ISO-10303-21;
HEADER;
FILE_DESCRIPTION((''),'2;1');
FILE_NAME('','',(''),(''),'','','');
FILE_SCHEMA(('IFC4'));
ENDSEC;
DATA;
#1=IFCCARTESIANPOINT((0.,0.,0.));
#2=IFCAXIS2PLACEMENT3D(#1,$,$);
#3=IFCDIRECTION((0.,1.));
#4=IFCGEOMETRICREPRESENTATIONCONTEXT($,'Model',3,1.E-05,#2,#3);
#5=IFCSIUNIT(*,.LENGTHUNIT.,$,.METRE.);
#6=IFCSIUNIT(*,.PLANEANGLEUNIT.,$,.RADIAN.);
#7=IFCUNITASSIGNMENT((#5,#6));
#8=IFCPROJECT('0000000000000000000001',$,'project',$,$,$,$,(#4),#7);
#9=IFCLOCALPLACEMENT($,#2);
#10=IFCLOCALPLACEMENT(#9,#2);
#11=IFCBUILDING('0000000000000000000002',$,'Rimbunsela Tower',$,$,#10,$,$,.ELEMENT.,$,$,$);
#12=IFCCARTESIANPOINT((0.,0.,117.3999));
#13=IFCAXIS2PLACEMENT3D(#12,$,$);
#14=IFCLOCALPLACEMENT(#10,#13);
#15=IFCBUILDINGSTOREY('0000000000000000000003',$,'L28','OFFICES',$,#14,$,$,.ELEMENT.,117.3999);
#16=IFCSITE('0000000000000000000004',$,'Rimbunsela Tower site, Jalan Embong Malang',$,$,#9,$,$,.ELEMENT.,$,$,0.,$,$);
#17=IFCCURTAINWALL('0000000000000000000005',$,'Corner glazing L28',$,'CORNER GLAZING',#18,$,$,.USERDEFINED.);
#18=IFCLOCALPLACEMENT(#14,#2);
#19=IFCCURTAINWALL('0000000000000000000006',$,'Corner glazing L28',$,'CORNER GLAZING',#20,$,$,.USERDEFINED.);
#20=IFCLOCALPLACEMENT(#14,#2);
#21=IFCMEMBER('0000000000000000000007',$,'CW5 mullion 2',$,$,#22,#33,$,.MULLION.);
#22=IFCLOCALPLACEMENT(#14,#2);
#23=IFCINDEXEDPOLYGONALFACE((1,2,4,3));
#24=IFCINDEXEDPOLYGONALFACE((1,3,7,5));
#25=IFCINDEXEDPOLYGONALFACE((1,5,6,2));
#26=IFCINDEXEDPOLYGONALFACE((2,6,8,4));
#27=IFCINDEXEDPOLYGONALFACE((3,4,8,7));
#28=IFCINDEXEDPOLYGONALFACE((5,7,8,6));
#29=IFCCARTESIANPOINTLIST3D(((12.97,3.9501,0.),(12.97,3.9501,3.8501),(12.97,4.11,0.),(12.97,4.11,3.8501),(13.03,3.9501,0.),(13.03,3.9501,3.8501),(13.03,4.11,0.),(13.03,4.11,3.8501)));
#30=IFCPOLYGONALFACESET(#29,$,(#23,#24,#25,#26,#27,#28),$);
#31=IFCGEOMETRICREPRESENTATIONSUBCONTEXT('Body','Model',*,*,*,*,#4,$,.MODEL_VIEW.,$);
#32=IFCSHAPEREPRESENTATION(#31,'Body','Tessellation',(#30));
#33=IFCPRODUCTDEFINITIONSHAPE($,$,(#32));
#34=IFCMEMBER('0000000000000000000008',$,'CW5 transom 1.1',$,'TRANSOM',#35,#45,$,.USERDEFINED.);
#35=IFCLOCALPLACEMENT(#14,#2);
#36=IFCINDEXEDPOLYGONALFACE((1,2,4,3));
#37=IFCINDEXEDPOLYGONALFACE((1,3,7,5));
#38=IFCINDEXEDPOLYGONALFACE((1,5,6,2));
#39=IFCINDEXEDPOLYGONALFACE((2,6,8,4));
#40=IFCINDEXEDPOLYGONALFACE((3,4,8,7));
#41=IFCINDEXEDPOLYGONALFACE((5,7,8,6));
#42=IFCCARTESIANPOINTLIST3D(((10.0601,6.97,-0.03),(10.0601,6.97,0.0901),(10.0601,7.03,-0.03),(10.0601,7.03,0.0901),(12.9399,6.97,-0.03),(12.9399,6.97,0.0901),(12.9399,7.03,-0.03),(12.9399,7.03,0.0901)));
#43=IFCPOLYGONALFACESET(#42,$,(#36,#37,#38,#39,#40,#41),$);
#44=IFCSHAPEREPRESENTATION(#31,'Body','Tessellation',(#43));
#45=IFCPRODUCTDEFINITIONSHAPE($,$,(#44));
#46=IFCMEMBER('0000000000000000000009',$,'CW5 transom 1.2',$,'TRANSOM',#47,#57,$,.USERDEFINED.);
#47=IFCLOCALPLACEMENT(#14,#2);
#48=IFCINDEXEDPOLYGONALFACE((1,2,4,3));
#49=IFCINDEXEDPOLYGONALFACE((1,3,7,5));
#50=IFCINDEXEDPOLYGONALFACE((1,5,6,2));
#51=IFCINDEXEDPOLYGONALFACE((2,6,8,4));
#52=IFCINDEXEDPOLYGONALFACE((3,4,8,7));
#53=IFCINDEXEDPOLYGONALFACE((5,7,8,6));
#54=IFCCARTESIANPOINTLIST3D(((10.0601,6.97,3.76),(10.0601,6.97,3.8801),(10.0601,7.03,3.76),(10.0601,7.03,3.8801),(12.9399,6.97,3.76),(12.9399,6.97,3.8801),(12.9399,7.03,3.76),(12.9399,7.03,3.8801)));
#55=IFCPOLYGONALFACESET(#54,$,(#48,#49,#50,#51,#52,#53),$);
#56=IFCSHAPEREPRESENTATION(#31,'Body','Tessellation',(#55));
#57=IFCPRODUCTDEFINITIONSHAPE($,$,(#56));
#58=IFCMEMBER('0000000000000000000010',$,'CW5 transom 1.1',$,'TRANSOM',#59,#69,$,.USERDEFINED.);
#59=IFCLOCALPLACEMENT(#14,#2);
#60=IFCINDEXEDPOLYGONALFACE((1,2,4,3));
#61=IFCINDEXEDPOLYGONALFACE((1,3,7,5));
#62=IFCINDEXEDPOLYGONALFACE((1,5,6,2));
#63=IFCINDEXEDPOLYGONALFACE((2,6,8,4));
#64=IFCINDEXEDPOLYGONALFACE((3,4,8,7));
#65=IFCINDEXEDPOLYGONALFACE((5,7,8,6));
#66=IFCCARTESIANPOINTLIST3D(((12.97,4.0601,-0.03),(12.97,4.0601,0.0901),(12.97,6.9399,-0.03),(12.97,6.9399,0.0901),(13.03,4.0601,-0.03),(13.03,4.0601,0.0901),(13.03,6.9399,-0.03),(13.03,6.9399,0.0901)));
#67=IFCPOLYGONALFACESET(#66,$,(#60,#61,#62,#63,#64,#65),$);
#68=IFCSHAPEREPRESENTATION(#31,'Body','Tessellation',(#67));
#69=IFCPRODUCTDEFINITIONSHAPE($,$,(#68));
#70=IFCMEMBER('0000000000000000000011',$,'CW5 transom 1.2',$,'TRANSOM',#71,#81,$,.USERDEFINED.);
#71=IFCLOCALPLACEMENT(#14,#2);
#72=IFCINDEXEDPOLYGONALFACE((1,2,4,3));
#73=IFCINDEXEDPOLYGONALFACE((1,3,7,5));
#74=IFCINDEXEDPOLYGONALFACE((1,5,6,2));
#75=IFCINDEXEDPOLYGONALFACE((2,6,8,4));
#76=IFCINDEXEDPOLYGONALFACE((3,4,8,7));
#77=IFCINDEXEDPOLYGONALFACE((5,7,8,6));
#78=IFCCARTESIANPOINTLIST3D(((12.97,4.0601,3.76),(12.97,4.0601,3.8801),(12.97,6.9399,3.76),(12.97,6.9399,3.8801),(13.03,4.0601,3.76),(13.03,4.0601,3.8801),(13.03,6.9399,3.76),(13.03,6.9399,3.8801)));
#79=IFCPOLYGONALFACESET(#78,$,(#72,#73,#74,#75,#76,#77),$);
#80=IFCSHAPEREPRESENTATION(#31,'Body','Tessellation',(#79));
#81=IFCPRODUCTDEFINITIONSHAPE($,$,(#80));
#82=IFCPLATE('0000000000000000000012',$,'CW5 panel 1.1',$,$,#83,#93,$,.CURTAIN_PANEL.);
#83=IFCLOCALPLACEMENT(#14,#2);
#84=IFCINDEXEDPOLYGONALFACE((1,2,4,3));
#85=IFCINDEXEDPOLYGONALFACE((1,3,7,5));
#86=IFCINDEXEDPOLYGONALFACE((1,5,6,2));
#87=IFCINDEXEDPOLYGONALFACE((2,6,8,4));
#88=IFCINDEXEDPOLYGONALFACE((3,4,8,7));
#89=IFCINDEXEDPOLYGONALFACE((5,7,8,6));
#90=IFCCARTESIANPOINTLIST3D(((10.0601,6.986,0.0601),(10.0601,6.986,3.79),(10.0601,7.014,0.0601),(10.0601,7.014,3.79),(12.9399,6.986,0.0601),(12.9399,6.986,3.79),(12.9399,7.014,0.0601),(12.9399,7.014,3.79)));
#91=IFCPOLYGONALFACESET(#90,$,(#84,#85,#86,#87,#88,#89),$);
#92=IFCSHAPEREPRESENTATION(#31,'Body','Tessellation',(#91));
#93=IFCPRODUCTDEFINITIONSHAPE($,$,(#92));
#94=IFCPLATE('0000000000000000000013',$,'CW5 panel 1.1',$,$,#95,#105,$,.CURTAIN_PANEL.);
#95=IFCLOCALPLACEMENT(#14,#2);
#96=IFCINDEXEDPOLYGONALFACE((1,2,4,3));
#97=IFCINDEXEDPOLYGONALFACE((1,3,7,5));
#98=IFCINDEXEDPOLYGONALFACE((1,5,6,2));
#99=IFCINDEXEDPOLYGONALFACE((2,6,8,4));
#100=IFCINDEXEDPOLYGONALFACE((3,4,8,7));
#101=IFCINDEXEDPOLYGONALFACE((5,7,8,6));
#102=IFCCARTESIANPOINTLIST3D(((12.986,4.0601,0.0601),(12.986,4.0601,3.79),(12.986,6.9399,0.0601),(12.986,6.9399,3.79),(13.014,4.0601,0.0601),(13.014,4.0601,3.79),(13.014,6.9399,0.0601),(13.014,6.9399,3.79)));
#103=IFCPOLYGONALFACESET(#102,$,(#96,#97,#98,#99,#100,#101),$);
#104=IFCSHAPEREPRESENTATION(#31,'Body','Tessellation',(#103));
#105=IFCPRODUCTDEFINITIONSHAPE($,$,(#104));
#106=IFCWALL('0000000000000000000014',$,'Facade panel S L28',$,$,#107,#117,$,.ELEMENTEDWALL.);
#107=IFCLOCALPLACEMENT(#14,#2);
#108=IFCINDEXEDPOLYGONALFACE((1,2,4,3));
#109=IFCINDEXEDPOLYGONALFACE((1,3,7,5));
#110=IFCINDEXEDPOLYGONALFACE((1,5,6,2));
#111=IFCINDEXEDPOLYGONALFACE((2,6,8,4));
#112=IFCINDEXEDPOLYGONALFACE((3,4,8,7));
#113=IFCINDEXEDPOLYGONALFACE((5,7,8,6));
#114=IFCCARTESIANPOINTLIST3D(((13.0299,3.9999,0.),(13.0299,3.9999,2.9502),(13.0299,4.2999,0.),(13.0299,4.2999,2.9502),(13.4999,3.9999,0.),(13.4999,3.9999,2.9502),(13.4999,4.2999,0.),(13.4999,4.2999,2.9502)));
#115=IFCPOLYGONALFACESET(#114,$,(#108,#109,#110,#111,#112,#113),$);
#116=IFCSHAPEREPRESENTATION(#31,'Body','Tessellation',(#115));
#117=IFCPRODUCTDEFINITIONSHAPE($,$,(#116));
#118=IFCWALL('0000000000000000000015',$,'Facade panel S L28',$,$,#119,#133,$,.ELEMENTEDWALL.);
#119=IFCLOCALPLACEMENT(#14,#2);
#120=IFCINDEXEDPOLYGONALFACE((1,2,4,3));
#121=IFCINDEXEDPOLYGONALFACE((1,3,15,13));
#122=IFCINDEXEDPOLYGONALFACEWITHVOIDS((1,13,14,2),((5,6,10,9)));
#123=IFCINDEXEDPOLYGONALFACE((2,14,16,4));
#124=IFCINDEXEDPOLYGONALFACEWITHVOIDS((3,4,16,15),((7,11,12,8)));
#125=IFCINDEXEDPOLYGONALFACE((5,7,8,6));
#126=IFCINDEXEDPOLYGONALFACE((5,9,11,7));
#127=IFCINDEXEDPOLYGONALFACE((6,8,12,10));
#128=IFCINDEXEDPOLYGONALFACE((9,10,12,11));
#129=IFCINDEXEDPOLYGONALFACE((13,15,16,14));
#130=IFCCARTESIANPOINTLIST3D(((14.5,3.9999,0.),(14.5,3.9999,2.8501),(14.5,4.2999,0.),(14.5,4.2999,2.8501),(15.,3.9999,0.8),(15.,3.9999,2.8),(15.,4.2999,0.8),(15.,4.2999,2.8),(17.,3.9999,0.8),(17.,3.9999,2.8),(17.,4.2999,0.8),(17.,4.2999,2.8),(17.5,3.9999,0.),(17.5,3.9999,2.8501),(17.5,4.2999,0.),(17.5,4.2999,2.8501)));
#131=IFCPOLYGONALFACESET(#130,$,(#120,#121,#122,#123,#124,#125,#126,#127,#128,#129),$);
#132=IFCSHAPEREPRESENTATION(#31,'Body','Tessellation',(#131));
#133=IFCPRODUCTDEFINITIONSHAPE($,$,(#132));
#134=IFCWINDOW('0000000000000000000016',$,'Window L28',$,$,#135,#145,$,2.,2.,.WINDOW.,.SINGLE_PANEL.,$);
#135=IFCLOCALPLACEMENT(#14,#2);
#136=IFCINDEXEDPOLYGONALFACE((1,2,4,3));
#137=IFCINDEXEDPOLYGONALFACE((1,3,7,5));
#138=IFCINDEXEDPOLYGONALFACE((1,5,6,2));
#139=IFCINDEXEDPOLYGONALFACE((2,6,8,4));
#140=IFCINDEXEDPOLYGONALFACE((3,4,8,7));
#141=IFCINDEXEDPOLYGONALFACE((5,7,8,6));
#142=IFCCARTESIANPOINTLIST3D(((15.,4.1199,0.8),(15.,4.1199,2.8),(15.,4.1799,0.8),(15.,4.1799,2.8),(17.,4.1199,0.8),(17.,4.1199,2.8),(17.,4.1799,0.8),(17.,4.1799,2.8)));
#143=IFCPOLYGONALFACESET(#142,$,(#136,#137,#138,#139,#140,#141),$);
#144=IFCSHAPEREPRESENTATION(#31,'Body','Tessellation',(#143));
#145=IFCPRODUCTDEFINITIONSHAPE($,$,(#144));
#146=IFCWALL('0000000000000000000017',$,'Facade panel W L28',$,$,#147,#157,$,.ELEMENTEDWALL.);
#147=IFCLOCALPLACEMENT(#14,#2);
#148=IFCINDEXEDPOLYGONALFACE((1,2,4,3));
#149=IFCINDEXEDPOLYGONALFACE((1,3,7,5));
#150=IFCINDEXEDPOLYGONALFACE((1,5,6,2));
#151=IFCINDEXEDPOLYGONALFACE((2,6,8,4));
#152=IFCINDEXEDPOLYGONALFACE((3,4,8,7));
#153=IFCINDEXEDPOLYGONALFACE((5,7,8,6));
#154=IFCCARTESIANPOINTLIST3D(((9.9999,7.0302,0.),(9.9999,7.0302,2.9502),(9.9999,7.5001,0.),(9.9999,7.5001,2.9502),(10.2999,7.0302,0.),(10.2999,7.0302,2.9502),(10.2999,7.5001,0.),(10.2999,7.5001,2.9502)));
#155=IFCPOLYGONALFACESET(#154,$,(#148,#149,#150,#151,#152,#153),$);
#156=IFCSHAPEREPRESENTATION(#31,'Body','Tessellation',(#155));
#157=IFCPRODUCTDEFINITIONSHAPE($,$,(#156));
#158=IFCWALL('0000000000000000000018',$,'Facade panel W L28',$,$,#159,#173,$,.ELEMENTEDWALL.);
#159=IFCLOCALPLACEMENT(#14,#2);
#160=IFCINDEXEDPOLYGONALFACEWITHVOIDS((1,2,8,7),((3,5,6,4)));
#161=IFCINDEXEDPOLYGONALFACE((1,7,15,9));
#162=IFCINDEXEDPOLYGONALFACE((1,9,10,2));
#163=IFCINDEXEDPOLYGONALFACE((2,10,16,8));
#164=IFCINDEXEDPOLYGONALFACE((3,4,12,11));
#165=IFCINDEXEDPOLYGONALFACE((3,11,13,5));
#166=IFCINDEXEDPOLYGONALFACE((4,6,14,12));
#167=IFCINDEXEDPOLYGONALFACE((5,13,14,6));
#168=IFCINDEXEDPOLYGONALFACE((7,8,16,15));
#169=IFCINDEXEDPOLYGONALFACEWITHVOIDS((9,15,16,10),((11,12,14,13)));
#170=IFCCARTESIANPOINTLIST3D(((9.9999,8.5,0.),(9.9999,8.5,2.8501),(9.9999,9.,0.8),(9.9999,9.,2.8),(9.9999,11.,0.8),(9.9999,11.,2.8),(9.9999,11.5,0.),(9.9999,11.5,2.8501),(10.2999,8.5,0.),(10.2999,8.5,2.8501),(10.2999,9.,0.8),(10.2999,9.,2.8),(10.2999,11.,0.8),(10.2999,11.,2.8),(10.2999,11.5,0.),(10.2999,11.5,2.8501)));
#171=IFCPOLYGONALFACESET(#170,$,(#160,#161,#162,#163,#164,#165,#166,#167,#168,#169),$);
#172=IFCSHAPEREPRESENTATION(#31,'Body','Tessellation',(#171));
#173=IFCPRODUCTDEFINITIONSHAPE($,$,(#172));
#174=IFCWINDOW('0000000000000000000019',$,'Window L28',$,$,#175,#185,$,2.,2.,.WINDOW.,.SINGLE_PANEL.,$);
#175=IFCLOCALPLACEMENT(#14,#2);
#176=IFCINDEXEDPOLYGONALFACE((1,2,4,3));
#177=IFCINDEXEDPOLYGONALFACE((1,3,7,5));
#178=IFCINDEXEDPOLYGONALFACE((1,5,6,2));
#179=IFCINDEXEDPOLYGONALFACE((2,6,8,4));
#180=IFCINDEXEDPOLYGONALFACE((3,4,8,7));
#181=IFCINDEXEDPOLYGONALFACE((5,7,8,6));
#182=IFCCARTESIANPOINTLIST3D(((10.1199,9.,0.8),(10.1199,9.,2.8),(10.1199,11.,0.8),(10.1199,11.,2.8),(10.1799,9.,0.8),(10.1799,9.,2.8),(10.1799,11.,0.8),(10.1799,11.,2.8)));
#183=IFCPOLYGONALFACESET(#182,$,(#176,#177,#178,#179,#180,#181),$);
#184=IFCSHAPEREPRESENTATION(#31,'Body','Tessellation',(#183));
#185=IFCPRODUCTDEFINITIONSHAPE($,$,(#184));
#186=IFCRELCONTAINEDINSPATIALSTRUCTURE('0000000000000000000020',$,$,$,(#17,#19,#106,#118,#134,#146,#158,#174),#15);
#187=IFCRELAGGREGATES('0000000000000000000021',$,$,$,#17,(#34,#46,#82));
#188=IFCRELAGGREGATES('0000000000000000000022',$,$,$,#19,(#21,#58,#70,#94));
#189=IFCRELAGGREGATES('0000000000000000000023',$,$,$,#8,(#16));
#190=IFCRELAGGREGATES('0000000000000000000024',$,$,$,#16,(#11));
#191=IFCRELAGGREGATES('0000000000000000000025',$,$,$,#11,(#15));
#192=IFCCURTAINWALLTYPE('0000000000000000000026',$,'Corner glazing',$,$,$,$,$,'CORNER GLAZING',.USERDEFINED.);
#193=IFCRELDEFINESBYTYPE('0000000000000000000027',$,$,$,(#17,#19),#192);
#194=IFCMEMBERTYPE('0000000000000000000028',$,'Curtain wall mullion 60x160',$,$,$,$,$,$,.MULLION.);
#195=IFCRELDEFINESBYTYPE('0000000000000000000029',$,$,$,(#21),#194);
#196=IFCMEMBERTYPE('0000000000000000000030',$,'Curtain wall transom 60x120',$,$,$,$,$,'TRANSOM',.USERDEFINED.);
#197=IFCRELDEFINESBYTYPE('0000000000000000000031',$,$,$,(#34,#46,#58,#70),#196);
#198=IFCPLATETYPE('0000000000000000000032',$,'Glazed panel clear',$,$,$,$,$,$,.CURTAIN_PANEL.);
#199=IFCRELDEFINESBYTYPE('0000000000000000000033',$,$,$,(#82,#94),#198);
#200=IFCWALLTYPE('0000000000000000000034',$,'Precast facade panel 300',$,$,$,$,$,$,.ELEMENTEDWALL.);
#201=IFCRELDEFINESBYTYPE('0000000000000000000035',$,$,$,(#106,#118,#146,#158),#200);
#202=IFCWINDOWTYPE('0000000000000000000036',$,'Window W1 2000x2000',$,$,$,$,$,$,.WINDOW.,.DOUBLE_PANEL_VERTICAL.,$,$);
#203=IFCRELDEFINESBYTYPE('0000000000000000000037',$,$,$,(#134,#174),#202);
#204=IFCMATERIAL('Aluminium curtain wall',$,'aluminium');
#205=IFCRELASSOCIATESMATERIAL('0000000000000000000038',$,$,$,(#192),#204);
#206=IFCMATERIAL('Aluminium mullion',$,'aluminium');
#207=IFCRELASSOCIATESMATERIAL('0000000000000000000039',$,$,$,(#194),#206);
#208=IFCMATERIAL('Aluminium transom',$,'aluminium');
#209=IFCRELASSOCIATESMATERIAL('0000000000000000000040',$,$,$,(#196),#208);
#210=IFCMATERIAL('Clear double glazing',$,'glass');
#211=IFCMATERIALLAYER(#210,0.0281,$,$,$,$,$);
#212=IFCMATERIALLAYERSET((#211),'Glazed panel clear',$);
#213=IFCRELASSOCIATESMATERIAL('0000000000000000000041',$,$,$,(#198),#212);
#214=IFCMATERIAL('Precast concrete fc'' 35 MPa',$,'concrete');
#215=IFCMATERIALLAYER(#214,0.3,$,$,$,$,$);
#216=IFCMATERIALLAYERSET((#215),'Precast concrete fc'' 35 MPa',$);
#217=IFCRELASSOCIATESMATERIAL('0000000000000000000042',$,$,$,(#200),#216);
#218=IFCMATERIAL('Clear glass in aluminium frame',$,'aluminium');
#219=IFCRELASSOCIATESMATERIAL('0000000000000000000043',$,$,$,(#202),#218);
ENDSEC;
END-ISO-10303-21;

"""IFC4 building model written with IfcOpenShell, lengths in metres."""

from ifc_helpers import new_model, si_unit, direction, frame, frame_2d, origin, origin_2d, place, context, subcontext, project, spatial, rectangle, extrude, material, layer, layer_set, material_profile, profile_set, type_object, element, fill, aggregate, save


model = new_model("IFC4")

# Units and contexts
model_context = context("Model", 3, precision=1e-05, world=origin(), true_north=direction((0.0, 1.0)))
body_context = subcontext(model_context, "Body", "Model", "MODEL_VIEW")
ifc_project = project(units=[si_unit("LENGTHUNIT", "METRE"), si_unit("PLANEANGLEUNIT", "RADIAN")], contexts=[model_context])

# Site, building, storey
site_placement = place(None, origin())
site = spatial("IfcSite", under=ifc_project, at=site_placement, Name="Rimbunsela Tower site, Jalan Embong Malang", CompositionType="ELEMENT", RefElevation=0.0)
building_placement = place(site_placement, origin())
building = spatial("IfcBuilding", under=site, at=building_placement, Name="Rimbunsela Tower", CompositionType="ELEMENT")
storey_placement = place(building_placement, frame((0.0, 0.0, 117.3999)))
storey = spatial("IfcBuildingStorey", under=building, at=storey_placement, Name="L28", Description="OFFICES", CompositionType="ELEMENT", Elevation=117.3999)

# Curtain walls, member
ifc_material_1 = material(Name="Aluminium curtain wall", Category="aluminium")
curtain_wall_type = type_object("IfcCurtainWallType", Name="Corner glazing", ElementType="CORNER GLAZING", PredefinedType="USERDEFINED", material=ifc_material_1)
curtain_wall_1_placement = place(storey_placement, origin())
curtain_wall_1 = element("IfcCurtainWall", 1, at=curtain_wall_1_placement, inside=storey, type_object=curtain_wall_type, Name="Corner glazing L28", ObjectType="CORNER GLAZING", PredefinedType="USERDEFINED")
ifc_material_2 = material(Name="Aluminium mullion", Category="aluminium")
ifc_material_profile_1 = material_profile(ifc_material_2, rectangle(XDim=0.0601, YDim=0.1599, at=origin_2d()), Name="Mullion 60x160")
ifc_profile_set_1 = profile_set([ifc_material_profile_1], Name="Aluminium mullion")
member_type_1 = type_object("IfcMemberType", Name="Curtain wall mullion 60x160", PredefinedType="MULLION", material=ifc_profile_set_1)
curtain_wall_2_placement = place(storey_placement, origin())
curtain_wall_2 = element("IfcCurtainWall", 2, at=curtain_wall_2_placement, inside=storey, type_object=curtain_wall_type, Name="Corner glazing L28", ObjectType="CORNER GLAZING", PredefinedType="USERDEFINED")
member_1_placement = place(storey_placement, frame((13.0, 4.03, 0.0), z_axis=(0.0, 0.0, 1.0), x_axis=(1.0, 0.0, 0.0)))
member_1 = element("IfcMember", 3, at=member_1_placement, type_object=member_type_1, Name="CW5 mullion 2", PredefinedType="MULLION", context=body_context, shape_type="SweptSolid", body=[
    extrude(rectangle(XDim=0.0601, YDim=0.1599, at=origin_2d()), origin(), (0.0, 0.0, 1.0), 3.8501),
])

# Members
ifc_material_3 = material(Name="Aluminium transom", Category="aluminium")
ifc_material_profile_2 = material_profile(ifc_material_3, rectangle(XDim=0.0601, YDim=0.1201, at=origin_2d()), Name="Transom 60x120")
ifc_profile_set_2 = profile_set([ifc_material_profile_2], Name="Aluminium transom")
member_type_2 = type_object("IfcMemberType", Name="Curtain wall transom 60x120", ElementType="TRANSOM", PredefinedType="USERDEFINED", material=ifc_profile_set_2)
member_2_placement = place(storey_placement, frame((10.0601, 7.0, 0.03), z_axis=(1.0, 0.0, 0.0), x_axis=(0.0, 1.0, 0.0)))
member_2 = element("IfcMember", 4, at=member_2_placement, type_object=member_type_2, Name="CW5 transom 1.1", ObjectType="TRANSOM", PredefinedType="USERDEFINED", context=body_context, shape_type="SweptSolid", body=[
    extrude(rectangle(XDim=0.0601, YDim=0.1201, at=origin_2d()), origin(), (0.0, 0.0, 1.0), 2.8799),
])
member_3_placement = place(storey_placement, frame((10.0601, 7.0, 3.8201), z_axis=(1.0, 0.0, 0.0), x_axis=(0.0, 1.0, 0.0)))
member_3 = element("IfcMember", 5, at=member_3_placement, type_object=member_type_2, Name="CW5 transom 1.2", ObjectType="TRANSOM", PredefinedType="USERDEFINED", context=body_context, shape_type="SweptSolid", body=[
    extrude(rectangle(XDim=0.0601, YDim=0.1201, at=origin_2d()), origin(), (0.0, 0.0, 1.0), 2.8799),
])
member_4_placement = place(storey_placement, frame((13.0, 6.9399, 0.03), z_axis=(0.0, -1.0, 0.0), x_axis=(1.0, 0.0, 0.0)))
member_4 = element("IfcMember", 6, at=member_4_placement, type_object=member_type_2, Name="CW5 transom 1.1", ObjectType="TRANSOM", PredefinedType="USERDEFINED", context=body_context, shape_type="SweptSolid", body=[
    extrude(rectangle(XDim=0.0601, YDim=0.1201, at=origin_2d()), origin(), (0.0, 0.0, 1.0), 2.8799),
])
member_5_placement = place(storey_placement, frame((13.0, 6.9399, 3.8201), z_axis=(0.0, -1.0, 0.0), x_axis=(1.0, 0.0, 0.0)))
member_5 = element("IfcMember", 7, at=member_5_placement, type_object=member_type_2, Name="CW5 transom 1.2", ObjectType="TRANSOM", PredefinedType="USERDEFINED", context=body_context, shape_type="SweptSolid", body=[
    extrude(rectangle(XDim=0.0601, YDim=0.1201, at=origin_2d()), origin(), (0.0, 0.0, 1.0), 2.8799),
])

# Plates
ifc_material_4 = material(Name="Clear double glazing", Category="glass")
ifc_layer_1 = layer(ifc_material_4, 0.0281)
ifc_layer_set_1 = layer_set([ifc_layer_1], Name="Glazed panel clear")
plate_type = type_object("IfcPlateType", Name="Glazed panel clear", PredefinedType="CURTAIN_PANEL", material=ifc_layer_set_1)
plate_1_placement = place(storey_placement, frame((11.5, 7.0, 0.0601), z_axis=(0.0, 0.0, 1.0), x_axis=(1.0, 0.0, 0.0)))
plate_1 = element("IfcPlate", 8, at=plate_1_placement, type_object=plate_type, Name="CW5 panel 1.1", PredefinedType="CURTAIN_PANEL", context=body_context, shape_type="SweptSolid", body=[
    extrude(rectangle(XDim=2.8799, YDim=0.0281, at=origin_2d()), origin(), (0.0, 0.0, 1.0), 3.73),
])
aggregate(curtain_wall_1, [member_2, member_3, plate_1])
plate_2_placement = place(storey_placement, frame((13.0, 5.5, 0.0601), z_axis=(0.0, 0.0, 1.0), x_axis=(0.0, -1.0, 0.0)))
plate_2 = element("IfcPlate", 9, at=plate_2_placement, type_object=plate_type, Name="CW5 panel 1.1", PredefinedType="CURTAIN_PANEL", context=body_context, shape_type="SweptSolid", body=[
    extrude(rectangle(XDim=2.8799, YDim=0.0281, at=origin_2d()), origin(), (0.0, 0.0, 1.0), 3.73),
])
aggregate(curtain_wall_2, [member_1, member_4, member_5, plate_2])

# Wall
ifc_material_5 = material(Name="Precast concrete fc' 35 MPa", Category="concrete")
ifc_layer_2 = layer(ifc_material_5, 0.3)
ifc_layer_set_2 = layer_set([ifc_layer_2], Name="Precast concrete fc' 35 MPa")
wall_type_1 = type_object("IfcWallType", Name="Precast facade panel 300", PredefinedType="ELEMENTEDWALL", material=ifc_layer_set_2)
wall_1_placement = place(storey_placement, frame((13.03, 4.1499, 0.0), z_axis=(0.0, 0.0, 1.0), x_axis=(1.0, 0.0, 0.0)))
element("IfcWall", 10, at=wall_1_placement, inside=storey, type_object=wall_type_1, Name="Facade panel S L28", PredefinedType="ELEMENTEDWALL", context=body_context, shape_type="SweptSolid", body=[
    extrude(rectangle(XDim=0.47, YDim=0.3, at=frame_2d((0.2349, 0.0))), origin(), (0.0, 0.0, 1.0), 2.9502),
])

# Wall, opening, window
wall_2_placement = place(storey_placement, frame((14.5, 4.1499, 0.0), z_axis=(0.0, 0.0, 1.0), x_axis=(1.0, 0.0, 0.0)))
wall_2 = element("IfcWall", 11, at=wall_2_placement, inside=storey, type_object=wall_type_1, Name="Facade panel S L28", PredefinedType="ELEMENTEDWALL", context=body_context, shape_type="SweptSolid", body=[
    extrude(rectangle(XDim=3.0, YDim=0.3, at=frame_2d((1.5, 0.0))), origin(), (0.0, 0.0, 1.0), 2.8501),
])
opening_1_placement = place(wall_2_placement, frame((0.5, 0.0, 0.8)))
opening_1 = element("IfcOpeningElement", 12, at=opening_1_placement, cuts=wall_2, PredefinedType="OPENING", context=body_context, shape_type="SweptSolid", body=[
    extrude(rectangle(XDim=2.0, YDim=2.0, at=frame_2d((1.0, 1.0))), frame((0.0, 0.1599, 0.0), z_axis=(0.0, -1.0, 0.0), x_axis=(1.0, 0.0, 0.0)), (0.0, 0.0, 1.0), 0.3201),
])
ifc_material_6 = material(Name="Clear glass in aluminium frame", Category="aluminium")
window_type = type_object("IfcWindowType", Name="Window W1 2000x2000", PartitioningType="DOUBLE_PANEL_VERTICAL", PredefinedType="WINDOW", material=ifc_material_6)
window_1_placement = place(opening_1_placement, origin())
window_1 = element("IfcWindow", 13, at=window_1_placement, inside=storey, type_object=window_type, Name="Window L28", OverallHeight=2.0, OverallWidth=2.0, PartitioningType="SINGLE_PANEL", PredefinedType="WINDOW", context=body_context, shape_type="SweptSolid", body=[
    extrude(rectangle(XDim=2.0, YDim=2.0, at=frame_2d((1.0, 1.0))), frame((0.0, 0.03, 0.0), z_axis=(0.0, -1.0, 0.0), x_axis=(1.0, 0.0, 0.0)), (0.0, 0.0, 1.0), 0.0601),
])
fill(opening_1, window_1)

# Wall
wall_3_placement = place(storey_placement, frame((10.1499, 7.5, 0.0), z_axis=(0.0, 0.0, 1.0), x_axis=(0.0, -1.0, 0.0)))
element("IfcWall", 14, at=wall_3_placement, inside=storey, type_object=wall_type_1, Name="Facade panel W L28", PredefinedType="ELEMENTEDWALL", context=body_context, shape_type="SweptSolid", body=[
    extrude(rectangle(XDim=0.47, YDim=0.3, at=frame_2d((0.2349, 0.0))), origin(), (0.0, 0.0, 1.0), 2.9502),
])

# Wall, opening, window
wall_4_placement = place(storey_placement, frame((10.1499, 11.5, 0.0), z_axis=(0.0, 0.0, 1.0), x_axis=(0.0, -1.0, 0.0)))
wall_4 = element("IfcWall", 15, at=wall_4_placement, inside=storey, type_object=wall_type_1, Name="Facade panel W L28", PredefinedType="ELEMENTEDWALL", context=body_context, shape_type="SweptSolid", body=[
    extrude(rectangle(XDim=3.0, YDim=0.3, at=frame_2d((1.5, 0.0))), origin(), (0.0, 0.0, 1.0), 2.8501),
])
opening_2_placement = place(wall_4_placement, frame((0.5, 0.0, 0.8)))
opening_2 = element("IfcOpeningElement", 16, at=opening_2_placement, cuts=wall_4, PredefinedType="OPENING", context=body_context, shape_type="SweptSolid", body=[
    extrude(rectangle(XDim=2.0, YDim=2.0, at=frame_2d((1.0, 1.0))), frame((0.0, 0.1599, 0.0), z_axis=(0.0, -1.0, 0.0), x_axis=(1.0, 0.0, 0.0)), (0.0, 0.0, 1.0), 0.3201),
])
window_2_placement = place(opening_2_placement, origin())
window_2 = element("IfcWindow", 17, at=window_2_placement, inside=storey, type_object=window_type, Name="Window L28", OverallHeight=2.0, OverallWidth=2.0, PartitioningType="SINGLE_PANEL", PredefinedType="WINDOW", context=body_context, shape_type="SweptSolid", body=[
    extrude(rectangle(XDim=2.0, YDim=2.0, at=frame_2d((1.0, 1.0))), frame((0.0, 0.03, 0.0), z_axis=(0.0, -1.0, 0.0), x_axis=(1.0, 0.0, 0.0)), (0.0, 0.0, 1.0), 0.0601),
])
fill(opening_2, window_2)

save(model, "model.ifc")
